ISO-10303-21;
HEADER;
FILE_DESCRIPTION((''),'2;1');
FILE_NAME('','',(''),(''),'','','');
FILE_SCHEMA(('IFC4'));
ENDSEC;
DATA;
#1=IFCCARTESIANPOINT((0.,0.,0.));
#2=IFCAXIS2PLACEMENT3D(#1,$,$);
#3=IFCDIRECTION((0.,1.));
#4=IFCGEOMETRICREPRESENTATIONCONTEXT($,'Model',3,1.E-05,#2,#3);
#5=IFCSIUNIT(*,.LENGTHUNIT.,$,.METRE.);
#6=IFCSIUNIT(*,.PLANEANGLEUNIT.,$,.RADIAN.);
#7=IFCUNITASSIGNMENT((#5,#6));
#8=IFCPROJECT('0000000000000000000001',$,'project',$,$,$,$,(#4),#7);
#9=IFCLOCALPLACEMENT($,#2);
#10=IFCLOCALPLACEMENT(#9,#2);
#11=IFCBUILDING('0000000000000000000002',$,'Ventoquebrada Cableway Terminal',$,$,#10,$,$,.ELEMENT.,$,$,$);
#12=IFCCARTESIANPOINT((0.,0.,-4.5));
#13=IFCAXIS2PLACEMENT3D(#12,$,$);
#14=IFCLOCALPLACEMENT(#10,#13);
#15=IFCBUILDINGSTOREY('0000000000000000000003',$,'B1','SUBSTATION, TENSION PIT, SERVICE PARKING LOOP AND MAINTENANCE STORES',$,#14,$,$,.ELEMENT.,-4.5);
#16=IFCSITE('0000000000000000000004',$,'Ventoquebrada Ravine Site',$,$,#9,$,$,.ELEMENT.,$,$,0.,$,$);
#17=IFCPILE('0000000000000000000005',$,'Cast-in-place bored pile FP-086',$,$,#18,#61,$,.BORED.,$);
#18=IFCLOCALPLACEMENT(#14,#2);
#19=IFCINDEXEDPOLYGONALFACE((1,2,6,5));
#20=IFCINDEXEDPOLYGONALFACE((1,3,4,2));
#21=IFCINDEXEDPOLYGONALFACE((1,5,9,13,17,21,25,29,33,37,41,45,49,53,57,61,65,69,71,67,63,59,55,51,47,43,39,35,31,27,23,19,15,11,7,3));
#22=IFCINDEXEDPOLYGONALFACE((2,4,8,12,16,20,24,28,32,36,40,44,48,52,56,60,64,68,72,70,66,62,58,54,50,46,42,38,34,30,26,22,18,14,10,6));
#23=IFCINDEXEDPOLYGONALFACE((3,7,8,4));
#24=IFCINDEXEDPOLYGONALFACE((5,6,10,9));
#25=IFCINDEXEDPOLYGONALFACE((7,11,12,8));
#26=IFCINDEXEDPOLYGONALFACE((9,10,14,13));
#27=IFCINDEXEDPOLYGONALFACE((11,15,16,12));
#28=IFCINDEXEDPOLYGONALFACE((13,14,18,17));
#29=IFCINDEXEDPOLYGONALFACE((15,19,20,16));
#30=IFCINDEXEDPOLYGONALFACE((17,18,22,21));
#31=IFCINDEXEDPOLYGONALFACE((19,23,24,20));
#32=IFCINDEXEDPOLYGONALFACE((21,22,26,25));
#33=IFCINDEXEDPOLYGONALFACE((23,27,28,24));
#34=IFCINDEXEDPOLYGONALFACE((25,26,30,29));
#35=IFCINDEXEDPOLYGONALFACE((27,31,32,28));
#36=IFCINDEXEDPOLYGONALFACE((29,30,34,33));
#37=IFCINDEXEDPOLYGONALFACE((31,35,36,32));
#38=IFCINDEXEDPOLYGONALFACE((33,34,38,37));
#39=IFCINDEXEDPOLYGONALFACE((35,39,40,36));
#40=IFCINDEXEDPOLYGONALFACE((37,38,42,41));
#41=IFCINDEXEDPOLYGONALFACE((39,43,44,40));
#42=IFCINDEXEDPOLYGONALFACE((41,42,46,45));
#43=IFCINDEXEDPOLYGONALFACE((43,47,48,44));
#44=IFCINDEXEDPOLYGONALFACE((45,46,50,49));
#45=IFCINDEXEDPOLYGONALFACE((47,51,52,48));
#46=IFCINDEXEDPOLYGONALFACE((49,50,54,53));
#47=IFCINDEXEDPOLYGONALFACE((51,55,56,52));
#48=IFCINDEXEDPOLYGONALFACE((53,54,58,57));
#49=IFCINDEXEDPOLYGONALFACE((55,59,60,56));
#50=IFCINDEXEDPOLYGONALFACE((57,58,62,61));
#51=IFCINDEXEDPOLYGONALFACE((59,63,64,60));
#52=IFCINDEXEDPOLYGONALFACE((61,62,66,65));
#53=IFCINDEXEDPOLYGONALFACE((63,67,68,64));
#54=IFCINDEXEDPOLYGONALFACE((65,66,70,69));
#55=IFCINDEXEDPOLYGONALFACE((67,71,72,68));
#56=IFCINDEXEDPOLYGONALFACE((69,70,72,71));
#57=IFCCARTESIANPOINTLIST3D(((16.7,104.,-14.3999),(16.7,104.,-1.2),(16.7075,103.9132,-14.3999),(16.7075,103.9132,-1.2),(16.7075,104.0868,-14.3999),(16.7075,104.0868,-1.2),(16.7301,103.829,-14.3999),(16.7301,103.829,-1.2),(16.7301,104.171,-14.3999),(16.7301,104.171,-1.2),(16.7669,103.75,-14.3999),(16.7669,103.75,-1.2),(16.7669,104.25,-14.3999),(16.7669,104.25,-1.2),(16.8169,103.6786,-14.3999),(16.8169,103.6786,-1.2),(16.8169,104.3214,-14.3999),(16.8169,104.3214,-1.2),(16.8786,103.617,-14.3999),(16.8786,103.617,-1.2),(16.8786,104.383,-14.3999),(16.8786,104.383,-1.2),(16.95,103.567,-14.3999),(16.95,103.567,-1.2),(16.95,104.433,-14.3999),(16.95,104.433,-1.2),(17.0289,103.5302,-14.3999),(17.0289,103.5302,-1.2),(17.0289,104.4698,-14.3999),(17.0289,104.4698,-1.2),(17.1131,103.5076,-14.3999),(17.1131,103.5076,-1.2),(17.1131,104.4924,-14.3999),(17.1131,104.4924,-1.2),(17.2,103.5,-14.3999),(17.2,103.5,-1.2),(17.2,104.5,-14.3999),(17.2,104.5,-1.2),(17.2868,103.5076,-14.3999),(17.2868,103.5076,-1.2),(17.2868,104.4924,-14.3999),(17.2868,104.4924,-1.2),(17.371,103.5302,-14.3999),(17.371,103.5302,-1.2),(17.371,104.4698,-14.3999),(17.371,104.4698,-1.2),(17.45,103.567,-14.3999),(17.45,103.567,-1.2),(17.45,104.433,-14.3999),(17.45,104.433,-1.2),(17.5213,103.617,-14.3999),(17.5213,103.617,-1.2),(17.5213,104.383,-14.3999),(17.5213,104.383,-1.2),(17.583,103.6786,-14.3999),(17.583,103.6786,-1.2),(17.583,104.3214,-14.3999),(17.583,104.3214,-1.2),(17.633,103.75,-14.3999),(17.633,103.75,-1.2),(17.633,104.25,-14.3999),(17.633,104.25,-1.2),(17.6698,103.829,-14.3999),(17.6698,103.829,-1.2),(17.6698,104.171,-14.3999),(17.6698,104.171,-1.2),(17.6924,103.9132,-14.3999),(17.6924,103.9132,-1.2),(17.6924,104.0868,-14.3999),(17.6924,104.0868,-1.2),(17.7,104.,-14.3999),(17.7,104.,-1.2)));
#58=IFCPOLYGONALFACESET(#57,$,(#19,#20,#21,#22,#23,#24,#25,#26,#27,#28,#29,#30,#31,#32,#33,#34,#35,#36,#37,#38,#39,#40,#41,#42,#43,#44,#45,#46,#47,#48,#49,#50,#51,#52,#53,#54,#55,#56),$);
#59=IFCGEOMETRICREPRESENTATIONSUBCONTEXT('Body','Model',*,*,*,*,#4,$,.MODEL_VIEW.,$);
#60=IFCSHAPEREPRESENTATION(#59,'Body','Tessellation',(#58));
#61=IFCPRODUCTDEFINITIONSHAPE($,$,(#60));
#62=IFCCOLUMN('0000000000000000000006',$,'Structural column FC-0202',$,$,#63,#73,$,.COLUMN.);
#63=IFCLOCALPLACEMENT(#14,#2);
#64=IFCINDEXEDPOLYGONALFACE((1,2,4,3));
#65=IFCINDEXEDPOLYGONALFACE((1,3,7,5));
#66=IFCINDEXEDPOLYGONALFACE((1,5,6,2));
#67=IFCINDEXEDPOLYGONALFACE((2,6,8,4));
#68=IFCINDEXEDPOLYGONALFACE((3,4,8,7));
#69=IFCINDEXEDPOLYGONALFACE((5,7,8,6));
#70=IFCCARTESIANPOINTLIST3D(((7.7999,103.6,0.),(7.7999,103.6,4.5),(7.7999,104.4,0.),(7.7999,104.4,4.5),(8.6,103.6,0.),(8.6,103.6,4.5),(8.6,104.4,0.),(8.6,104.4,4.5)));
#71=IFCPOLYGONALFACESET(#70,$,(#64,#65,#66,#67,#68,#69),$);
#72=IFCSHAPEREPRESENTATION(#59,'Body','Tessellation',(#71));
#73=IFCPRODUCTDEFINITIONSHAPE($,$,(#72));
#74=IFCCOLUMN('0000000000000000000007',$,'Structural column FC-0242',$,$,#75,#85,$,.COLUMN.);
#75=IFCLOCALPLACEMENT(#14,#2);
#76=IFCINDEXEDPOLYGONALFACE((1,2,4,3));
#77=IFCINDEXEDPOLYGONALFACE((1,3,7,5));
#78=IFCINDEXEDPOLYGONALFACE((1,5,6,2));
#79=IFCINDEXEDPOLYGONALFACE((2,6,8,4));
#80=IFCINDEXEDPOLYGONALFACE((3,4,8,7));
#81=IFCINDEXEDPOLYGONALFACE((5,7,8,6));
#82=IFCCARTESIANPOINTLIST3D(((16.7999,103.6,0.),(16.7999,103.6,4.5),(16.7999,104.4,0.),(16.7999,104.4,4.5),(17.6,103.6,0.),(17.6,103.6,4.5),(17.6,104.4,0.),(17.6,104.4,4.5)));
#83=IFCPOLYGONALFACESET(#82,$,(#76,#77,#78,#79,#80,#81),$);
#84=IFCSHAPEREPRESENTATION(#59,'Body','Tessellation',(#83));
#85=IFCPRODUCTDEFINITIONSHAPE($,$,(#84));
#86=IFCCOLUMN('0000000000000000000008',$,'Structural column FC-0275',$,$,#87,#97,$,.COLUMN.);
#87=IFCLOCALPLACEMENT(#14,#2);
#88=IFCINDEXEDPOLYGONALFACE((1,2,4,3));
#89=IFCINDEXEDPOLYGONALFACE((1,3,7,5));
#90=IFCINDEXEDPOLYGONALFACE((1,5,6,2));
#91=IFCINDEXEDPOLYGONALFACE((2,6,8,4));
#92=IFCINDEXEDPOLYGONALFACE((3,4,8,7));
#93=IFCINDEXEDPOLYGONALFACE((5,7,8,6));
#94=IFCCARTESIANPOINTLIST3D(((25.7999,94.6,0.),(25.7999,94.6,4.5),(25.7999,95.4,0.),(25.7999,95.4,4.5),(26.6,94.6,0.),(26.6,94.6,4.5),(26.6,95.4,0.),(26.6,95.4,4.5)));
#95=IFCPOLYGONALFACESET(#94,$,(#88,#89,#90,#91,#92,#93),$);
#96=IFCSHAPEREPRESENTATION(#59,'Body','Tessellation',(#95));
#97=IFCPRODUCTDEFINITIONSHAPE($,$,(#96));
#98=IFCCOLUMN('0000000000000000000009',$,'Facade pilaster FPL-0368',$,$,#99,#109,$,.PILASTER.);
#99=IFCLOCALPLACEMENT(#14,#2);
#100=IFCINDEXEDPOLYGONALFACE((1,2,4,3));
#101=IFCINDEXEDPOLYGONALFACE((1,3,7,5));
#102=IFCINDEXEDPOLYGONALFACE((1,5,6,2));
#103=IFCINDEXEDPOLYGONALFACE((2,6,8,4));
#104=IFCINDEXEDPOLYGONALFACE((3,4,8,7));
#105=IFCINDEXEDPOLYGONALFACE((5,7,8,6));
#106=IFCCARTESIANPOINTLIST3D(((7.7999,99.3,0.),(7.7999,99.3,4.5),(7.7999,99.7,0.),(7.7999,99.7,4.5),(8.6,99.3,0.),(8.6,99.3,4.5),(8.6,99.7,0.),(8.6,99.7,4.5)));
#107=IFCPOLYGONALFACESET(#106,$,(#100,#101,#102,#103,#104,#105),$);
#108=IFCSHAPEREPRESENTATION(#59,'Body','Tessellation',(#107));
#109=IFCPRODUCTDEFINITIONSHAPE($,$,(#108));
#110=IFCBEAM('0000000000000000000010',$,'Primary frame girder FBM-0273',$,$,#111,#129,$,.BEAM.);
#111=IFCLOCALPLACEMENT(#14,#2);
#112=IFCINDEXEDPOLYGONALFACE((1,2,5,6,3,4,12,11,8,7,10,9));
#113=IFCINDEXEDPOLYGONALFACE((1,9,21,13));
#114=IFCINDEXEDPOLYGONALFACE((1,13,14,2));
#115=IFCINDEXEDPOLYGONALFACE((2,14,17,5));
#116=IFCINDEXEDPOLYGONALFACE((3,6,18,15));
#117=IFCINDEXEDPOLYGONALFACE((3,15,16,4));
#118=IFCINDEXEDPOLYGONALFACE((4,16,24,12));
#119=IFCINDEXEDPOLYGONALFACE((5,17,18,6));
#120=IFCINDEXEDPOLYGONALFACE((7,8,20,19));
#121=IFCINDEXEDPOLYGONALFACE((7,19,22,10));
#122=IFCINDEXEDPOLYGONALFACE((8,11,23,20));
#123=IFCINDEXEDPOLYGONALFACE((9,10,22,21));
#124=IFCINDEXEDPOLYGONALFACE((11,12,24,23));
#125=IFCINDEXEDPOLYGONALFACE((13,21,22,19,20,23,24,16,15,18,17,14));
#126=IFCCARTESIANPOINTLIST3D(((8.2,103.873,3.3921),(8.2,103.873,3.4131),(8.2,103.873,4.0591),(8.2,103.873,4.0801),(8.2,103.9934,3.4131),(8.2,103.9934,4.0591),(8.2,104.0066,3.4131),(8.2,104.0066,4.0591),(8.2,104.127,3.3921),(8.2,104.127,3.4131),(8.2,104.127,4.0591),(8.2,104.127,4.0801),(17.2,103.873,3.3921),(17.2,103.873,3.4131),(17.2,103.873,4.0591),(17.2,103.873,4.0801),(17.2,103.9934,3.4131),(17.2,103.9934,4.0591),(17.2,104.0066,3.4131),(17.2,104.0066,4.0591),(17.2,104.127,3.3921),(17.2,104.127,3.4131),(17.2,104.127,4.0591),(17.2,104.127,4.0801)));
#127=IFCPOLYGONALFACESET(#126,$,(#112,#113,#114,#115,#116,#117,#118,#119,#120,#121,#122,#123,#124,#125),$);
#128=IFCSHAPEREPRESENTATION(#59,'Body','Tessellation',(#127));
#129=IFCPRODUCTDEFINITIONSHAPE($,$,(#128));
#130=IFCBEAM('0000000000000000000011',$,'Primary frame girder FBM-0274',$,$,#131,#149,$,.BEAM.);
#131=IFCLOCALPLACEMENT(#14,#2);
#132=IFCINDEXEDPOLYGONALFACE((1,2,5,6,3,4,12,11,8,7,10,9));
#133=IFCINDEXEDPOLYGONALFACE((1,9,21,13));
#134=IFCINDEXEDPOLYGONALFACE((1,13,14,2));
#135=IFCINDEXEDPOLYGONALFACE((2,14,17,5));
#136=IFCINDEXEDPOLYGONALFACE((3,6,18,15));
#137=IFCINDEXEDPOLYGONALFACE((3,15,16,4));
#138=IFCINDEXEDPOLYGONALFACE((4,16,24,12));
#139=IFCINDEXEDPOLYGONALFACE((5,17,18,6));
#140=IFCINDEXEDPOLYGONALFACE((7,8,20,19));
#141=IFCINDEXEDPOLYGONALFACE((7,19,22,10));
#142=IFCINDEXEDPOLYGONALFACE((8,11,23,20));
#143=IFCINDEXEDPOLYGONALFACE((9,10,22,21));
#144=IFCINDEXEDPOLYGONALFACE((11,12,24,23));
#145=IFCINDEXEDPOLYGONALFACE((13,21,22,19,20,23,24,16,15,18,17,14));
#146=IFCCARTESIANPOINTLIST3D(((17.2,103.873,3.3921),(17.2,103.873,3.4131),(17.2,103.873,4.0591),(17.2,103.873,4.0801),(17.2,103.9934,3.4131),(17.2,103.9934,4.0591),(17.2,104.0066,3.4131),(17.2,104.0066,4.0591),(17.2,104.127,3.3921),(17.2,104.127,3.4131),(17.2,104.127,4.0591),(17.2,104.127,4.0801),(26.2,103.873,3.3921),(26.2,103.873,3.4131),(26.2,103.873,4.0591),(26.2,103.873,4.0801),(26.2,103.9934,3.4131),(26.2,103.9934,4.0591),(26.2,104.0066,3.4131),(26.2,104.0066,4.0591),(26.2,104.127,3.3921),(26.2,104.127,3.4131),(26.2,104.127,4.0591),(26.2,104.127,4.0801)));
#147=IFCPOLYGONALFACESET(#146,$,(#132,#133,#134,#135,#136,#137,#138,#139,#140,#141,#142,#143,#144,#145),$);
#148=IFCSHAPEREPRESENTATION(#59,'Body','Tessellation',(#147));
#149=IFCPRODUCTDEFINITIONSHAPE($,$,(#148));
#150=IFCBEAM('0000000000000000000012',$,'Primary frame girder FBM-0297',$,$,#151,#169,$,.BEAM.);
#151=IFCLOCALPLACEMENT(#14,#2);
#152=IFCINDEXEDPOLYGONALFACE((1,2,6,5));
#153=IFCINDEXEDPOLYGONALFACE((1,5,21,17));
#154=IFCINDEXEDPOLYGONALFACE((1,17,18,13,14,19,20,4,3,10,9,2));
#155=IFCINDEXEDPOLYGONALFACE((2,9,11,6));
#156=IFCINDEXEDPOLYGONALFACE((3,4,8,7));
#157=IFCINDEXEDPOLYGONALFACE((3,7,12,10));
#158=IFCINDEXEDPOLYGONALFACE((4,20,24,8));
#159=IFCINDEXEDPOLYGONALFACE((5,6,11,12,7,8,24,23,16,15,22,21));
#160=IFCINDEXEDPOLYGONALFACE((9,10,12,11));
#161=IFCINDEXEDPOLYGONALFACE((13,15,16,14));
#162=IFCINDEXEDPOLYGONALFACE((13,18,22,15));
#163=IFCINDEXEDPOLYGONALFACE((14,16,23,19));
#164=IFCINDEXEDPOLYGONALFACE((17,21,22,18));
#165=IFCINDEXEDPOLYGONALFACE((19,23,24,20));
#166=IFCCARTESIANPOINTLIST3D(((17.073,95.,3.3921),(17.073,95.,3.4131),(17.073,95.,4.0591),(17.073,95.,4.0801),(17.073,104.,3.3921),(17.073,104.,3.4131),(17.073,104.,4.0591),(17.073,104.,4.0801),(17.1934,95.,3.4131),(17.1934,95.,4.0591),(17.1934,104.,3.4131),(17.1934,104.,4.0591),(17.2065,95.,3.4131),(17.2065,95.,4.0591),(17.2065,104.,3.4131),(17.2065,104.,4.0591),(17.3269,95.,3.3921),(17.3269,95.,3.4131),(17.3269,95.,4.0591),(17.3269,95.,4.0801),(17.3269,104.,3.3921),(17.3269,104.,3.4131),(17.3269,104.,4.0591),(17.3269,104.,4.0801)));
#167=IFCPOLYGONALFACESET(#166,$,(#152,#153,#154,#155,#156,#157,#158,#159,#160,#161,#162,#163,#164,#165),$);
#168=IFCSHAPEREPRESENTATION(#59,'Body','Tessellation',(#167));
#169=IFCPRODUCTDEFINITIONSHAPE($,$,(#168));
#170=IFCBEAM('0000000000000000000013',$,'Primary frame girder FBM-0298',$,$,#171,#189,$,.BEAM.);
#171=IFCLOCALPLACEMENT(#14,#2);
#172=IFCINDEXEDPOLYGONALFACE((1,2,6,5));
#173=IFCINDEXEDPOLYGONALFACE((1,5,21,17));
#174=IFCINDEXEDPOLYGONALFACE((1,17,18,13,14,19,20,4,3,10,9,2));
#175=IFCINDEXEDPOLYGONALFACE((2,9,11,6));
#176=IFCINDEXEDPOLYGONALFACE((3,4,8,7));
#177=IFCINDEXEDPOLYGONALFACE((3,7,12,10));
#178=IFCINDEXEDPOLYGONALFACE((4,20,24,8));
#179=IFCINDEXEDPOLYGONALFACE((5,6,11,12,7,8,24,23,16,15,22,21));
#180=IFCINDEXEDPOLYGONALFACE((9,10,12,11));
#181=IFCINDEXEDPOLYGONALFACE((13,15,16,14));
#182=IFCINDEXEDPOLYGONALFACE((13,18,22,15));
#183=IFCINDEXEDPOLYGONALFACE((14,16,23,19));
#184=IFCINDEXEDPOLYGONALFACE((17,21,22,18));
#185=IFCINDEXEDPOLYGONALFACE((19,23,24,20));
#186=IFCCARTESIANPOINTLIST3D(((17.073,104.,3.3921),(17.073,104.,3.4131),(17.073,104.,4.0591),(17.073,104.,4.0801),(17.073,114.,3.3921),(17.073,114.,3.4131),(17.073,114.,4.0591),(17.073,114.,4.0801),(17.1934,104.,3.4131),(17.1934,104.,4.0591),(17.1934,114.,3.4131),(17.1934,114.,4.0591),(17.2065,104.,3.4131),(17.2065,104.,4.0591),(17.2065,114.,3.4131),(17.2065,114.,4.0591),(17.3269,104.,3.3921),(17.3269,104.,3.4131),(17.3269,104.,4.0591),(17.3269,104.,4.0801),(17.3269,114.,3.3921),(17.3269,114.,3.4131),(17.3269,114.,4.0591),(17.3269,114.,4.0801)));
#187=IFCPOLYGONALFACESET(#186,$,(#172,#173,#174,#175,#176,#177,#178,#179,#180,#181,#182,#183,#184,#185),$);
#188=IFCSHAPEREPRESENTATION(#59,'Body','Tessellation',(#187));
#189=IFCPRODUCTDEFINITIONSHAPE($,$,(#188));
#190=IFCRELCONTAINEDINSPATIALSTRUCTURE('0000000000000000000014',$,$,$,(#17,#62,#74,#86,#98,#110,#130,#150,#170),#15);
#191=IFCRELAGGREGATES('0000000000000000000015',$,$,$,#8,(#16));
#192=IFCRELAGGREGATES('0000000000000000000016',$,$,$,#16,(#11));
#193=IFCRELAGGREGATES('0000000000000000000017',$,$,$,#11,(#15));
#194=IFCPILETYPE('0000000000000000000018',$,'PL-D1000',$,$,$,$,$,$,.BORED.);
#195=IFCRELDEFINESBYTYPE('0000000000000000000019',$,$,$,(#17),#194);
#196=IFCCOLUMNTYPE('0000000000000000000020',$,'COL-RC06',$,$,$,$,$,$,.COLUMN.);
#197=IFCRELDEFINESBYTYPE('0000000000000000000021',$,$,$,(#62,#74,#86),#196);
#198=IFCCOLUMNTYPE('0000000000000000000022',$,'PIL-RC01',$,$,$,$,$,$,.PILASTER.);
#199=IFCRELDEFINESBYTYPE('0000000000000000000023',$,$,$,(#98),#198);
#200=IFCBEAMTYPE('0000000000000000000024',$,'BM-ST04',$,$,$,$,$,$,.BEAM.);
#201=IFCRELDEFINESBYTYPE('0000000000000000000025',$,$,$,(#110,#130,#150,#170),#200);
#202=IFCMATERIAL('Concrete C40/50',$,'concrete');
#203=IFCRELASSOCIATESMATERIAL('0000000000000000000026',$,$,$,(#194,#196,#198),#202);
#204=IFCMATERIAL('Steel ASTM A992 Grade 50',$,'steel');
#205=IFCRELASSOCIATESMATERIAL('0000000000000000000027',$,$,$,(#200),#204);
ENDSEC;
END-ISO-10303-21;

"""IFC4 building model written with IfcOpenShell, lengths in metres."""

from ifc_helpers import new_model, si_unit, direction, frame, origin, origin_2d, place, context, subcontext, project, spatial, rectangle, circle, i_section, extrude, material, material_profile, profile_set, type_object, element, save


model = new_model("IFC4")

# Units and contexts
model_context = context("Model", 3, precision=1e-05, world=origin(), true_north=direction((0.0, 1.0)))
body_context = subcontext(model_context, "Body", "Model", "MODEL_VIEW")
ifc_project = project(units=[si_unit("LENGTHUNIT", "METRE"), si_unit("PLANEANGLEUNIT", "RADIAN")], contexts=[model_context])

# Site, building, storey
site_placement = place(None, origin())
site = spatial("IfcSite", under=ifc_project, at=site_placement, Name="Ventoquebrada Ravine Site", CompositionType="ELEMENT", RefElevation=0.0)
building_placement = place(site_placement, origin())
building = spatial("IfcBuilding", under=site, at=building_placement, Name="Ventoquebrada Cableway Terminal", CompositionType="ELEMENT")
storey_placement = place(building_placement, frame((0.0, 0.0, -4.5)))
storey = spatial("IfcBuildingStorey", under=building, at=storey_placement, Name="B1", Description="SUBSTATION, TENSION PIT, SERVICE PARKING LOOP AND MAINTENANCE STORES", CompositionType="ELEMENT", Elevation=-4.5)

# Shared definitions
ifc_material_1 = material(Name="Concrete C40/50", Category="concrete")

# Pile
ifc_material_profile_1 = material_profile(ifc_material_1, circle(Radius=0.5, at=origin_2d()), Name="PILE-D1000")
ifc_profile_set_1 = profile_set([ifc_material_profile_1], Name="Concrete C40/50")
pile_type = type_object("IfcPileType", Name="PL-D1000", PredefinedType="BORED", material=ifc_profile_set_1)
for number, where, z_axis, x_axis, name in (
    (1, (17.2, 104.0, -1.2), (0.0, 0.0, -1.0), (1.0, 0.0, 0.0), "Cast-in-place bored pile FP-086"),
):
    element("IfcPile", number, at=place(storey_placement, frame(where, z_axis=z_axis, x_axis=x_axis)), inside=storey, type_object=pile_type, Name=name, PredefinedType="BORED", context=body_context, shape_type="SweptSolid", body=[
        extrude(circle(Radius=0.5, at=origin_2d()), origin(), (0.0, 0.0, 1.0), 13.2),
    ])

# Columns
ifc_material_profile_2 = material_profile(ifc_material_1, rectangle(XDim=0.8, YDim=0.8, at=origin_2d()), Name="RC-COL-800X800")
ifc_profile_set_2 = profile_set([ifc_material_profile_2], Name="Concrete C40/50")
column_type_1 = type_object("IfcColumnType", Name="COL-RC06", PredefinedType="COLUMN", material=ifc_profile_set_2)
for number, where, z_axis, x_axis, name in (
    (2, (8.2, 104.0, 0.0), (0.0, 0.0, 1.0), (1.0, 0.0, 0.0), "Structural column FC-0202"),
    (3, (17.2, 104.0, 0.0), (0.0, 0.0, 1.0), (1.0, 0.0, 0.0), "Structural column FC-0242"),
    (4, (26.2, 95.0, 0.0), (0.0, 0.0, 1.0), (1.0, 0.0, 0.0), "Structural column FC-0275"),
):
    element("IfcColumn", number, at=place(storey_placement, frame(where, z_axis=z_axis, x_axis=x_axis)), inside=storey, type_object=column_type_1, Name=name, PredefinedType="COLUMN", context=body_context, shape_type="SweptSolid", body=[
        extrude(rectangle(XDim=0.8, YDim=0.8, at=origin_2d()), origin(), (0.0, 0.0, 1.0), 4.5),
    ])
ifc_material_profile_3 = material_profile(ifc_material_1, rectangle(XDim=0.3999, YDim=0.8, at=origin_2d()), Name="RC-PIL-400X800")
ifc_profile_set_3 = profile_set([ifc_material_profile_3], Name="Concrete C40/50")
column_type_2 = type_object("IfcColumnType", Name="PIL-RC01", PredefinedType="PILASTER", material=ifc_profile_set_3)
column_placement = place(storey_placement, frame((8.2, 99.5, 0.0), z_axis=(0.0, 0.0, 1.0), x_axis=(0.0, 1.0, 0.0)))
element("IfcColumn", 5, at=column_placement, inside=storey, type_object=column_type_2, Name="Facade pilaster FPL-0368", PredefinedType="PILASTER", context=body_context, shape_type="SweptSolid", body=[
    extrude(rectangle(XDim=0.3999, YDim=0.8, at=origin_2d()), origin(), (0.0, 0.0, 1.0), 4.5),
])

# Beams
ifc_material_2 = material(Name="Steel ASTM A992 Grade 50", Category="steel")
ifc_material_profile_4 = material_profile(ifc_material_2, i_section(OverallWidth=0.2539, OverallDepth=0.688, WebThickness=0.0132, FlangeThickness=0.021, at=origin_2d()), Name="W27X102")
ifc_profile_set_4 = profile_set([ifc_material_profile_4], Name="Steel ASTM A992 Grade 50")
beam_type_1 = type_object("IfcBeamType", Name="BM-ST04", PredefinedType="BEAM", material=ifc_profile_set_4)
for number, where, z_axis, x_axis, name in (
    (6, (8.2, 104.0, 3.7361), (1.0, 0.0, 0.0), (0.0, 1.0, 0.0), "Primary frame girder FBM-0273"),
    (7, (17.2, 104.0, 3.7361), (1.0, 0.0, 0.0), (0.0, 1.0, 0.0), "Primary frame girder FBM-0274"),
    (8, (17.2, 95.0, 3.7361), (0.0, 1.0, 0.0), (-1.0, 0.0, 0.0), "Primary frame girder FBM-0297"),
):
    element("IfcBeam", number, at=place(storey_placement, frame(where, z_axis=z_axis, x_axis=x_axis)), inside=storey, type_object=beam_type_1, Name=name, PredefinedType="BEAM", context=body_context, shape_type="SweptSolid", body=[
        extrude(i_section(OverallWidth=0.2539, OverallDepth=0.688, WebThickness=0.0132, FlangeThickness=0.021, at=origin_2d()), origin(), (0.0, 0.0, 1.0), 9.0),
    ])
beam_1_placement = place(storey_placement, frame((17.2, 104.0, 3.7361), z_axis=(0.0, 1.0, 0.0), x_axis=(-1.0, 0.0, 0.0)))
element("IfcBeam", 9, at=beam_1_placement, inside=storey, type_object=beam_type_1, Name="Primary frame girder FBM-0298", PredefinedType="BEAM", context=body_context, shape_type="SweptSolid", body=[
    extrude(i_section(OverallWidth=0.2539, OverallDepth=0.688, WebThickness=0.0132, FlangeThickness=0.021, at=origin_2d()), origin(), (0.0, 0.0, 1.0), 10.0),
])

save(model, "model.ifc")
